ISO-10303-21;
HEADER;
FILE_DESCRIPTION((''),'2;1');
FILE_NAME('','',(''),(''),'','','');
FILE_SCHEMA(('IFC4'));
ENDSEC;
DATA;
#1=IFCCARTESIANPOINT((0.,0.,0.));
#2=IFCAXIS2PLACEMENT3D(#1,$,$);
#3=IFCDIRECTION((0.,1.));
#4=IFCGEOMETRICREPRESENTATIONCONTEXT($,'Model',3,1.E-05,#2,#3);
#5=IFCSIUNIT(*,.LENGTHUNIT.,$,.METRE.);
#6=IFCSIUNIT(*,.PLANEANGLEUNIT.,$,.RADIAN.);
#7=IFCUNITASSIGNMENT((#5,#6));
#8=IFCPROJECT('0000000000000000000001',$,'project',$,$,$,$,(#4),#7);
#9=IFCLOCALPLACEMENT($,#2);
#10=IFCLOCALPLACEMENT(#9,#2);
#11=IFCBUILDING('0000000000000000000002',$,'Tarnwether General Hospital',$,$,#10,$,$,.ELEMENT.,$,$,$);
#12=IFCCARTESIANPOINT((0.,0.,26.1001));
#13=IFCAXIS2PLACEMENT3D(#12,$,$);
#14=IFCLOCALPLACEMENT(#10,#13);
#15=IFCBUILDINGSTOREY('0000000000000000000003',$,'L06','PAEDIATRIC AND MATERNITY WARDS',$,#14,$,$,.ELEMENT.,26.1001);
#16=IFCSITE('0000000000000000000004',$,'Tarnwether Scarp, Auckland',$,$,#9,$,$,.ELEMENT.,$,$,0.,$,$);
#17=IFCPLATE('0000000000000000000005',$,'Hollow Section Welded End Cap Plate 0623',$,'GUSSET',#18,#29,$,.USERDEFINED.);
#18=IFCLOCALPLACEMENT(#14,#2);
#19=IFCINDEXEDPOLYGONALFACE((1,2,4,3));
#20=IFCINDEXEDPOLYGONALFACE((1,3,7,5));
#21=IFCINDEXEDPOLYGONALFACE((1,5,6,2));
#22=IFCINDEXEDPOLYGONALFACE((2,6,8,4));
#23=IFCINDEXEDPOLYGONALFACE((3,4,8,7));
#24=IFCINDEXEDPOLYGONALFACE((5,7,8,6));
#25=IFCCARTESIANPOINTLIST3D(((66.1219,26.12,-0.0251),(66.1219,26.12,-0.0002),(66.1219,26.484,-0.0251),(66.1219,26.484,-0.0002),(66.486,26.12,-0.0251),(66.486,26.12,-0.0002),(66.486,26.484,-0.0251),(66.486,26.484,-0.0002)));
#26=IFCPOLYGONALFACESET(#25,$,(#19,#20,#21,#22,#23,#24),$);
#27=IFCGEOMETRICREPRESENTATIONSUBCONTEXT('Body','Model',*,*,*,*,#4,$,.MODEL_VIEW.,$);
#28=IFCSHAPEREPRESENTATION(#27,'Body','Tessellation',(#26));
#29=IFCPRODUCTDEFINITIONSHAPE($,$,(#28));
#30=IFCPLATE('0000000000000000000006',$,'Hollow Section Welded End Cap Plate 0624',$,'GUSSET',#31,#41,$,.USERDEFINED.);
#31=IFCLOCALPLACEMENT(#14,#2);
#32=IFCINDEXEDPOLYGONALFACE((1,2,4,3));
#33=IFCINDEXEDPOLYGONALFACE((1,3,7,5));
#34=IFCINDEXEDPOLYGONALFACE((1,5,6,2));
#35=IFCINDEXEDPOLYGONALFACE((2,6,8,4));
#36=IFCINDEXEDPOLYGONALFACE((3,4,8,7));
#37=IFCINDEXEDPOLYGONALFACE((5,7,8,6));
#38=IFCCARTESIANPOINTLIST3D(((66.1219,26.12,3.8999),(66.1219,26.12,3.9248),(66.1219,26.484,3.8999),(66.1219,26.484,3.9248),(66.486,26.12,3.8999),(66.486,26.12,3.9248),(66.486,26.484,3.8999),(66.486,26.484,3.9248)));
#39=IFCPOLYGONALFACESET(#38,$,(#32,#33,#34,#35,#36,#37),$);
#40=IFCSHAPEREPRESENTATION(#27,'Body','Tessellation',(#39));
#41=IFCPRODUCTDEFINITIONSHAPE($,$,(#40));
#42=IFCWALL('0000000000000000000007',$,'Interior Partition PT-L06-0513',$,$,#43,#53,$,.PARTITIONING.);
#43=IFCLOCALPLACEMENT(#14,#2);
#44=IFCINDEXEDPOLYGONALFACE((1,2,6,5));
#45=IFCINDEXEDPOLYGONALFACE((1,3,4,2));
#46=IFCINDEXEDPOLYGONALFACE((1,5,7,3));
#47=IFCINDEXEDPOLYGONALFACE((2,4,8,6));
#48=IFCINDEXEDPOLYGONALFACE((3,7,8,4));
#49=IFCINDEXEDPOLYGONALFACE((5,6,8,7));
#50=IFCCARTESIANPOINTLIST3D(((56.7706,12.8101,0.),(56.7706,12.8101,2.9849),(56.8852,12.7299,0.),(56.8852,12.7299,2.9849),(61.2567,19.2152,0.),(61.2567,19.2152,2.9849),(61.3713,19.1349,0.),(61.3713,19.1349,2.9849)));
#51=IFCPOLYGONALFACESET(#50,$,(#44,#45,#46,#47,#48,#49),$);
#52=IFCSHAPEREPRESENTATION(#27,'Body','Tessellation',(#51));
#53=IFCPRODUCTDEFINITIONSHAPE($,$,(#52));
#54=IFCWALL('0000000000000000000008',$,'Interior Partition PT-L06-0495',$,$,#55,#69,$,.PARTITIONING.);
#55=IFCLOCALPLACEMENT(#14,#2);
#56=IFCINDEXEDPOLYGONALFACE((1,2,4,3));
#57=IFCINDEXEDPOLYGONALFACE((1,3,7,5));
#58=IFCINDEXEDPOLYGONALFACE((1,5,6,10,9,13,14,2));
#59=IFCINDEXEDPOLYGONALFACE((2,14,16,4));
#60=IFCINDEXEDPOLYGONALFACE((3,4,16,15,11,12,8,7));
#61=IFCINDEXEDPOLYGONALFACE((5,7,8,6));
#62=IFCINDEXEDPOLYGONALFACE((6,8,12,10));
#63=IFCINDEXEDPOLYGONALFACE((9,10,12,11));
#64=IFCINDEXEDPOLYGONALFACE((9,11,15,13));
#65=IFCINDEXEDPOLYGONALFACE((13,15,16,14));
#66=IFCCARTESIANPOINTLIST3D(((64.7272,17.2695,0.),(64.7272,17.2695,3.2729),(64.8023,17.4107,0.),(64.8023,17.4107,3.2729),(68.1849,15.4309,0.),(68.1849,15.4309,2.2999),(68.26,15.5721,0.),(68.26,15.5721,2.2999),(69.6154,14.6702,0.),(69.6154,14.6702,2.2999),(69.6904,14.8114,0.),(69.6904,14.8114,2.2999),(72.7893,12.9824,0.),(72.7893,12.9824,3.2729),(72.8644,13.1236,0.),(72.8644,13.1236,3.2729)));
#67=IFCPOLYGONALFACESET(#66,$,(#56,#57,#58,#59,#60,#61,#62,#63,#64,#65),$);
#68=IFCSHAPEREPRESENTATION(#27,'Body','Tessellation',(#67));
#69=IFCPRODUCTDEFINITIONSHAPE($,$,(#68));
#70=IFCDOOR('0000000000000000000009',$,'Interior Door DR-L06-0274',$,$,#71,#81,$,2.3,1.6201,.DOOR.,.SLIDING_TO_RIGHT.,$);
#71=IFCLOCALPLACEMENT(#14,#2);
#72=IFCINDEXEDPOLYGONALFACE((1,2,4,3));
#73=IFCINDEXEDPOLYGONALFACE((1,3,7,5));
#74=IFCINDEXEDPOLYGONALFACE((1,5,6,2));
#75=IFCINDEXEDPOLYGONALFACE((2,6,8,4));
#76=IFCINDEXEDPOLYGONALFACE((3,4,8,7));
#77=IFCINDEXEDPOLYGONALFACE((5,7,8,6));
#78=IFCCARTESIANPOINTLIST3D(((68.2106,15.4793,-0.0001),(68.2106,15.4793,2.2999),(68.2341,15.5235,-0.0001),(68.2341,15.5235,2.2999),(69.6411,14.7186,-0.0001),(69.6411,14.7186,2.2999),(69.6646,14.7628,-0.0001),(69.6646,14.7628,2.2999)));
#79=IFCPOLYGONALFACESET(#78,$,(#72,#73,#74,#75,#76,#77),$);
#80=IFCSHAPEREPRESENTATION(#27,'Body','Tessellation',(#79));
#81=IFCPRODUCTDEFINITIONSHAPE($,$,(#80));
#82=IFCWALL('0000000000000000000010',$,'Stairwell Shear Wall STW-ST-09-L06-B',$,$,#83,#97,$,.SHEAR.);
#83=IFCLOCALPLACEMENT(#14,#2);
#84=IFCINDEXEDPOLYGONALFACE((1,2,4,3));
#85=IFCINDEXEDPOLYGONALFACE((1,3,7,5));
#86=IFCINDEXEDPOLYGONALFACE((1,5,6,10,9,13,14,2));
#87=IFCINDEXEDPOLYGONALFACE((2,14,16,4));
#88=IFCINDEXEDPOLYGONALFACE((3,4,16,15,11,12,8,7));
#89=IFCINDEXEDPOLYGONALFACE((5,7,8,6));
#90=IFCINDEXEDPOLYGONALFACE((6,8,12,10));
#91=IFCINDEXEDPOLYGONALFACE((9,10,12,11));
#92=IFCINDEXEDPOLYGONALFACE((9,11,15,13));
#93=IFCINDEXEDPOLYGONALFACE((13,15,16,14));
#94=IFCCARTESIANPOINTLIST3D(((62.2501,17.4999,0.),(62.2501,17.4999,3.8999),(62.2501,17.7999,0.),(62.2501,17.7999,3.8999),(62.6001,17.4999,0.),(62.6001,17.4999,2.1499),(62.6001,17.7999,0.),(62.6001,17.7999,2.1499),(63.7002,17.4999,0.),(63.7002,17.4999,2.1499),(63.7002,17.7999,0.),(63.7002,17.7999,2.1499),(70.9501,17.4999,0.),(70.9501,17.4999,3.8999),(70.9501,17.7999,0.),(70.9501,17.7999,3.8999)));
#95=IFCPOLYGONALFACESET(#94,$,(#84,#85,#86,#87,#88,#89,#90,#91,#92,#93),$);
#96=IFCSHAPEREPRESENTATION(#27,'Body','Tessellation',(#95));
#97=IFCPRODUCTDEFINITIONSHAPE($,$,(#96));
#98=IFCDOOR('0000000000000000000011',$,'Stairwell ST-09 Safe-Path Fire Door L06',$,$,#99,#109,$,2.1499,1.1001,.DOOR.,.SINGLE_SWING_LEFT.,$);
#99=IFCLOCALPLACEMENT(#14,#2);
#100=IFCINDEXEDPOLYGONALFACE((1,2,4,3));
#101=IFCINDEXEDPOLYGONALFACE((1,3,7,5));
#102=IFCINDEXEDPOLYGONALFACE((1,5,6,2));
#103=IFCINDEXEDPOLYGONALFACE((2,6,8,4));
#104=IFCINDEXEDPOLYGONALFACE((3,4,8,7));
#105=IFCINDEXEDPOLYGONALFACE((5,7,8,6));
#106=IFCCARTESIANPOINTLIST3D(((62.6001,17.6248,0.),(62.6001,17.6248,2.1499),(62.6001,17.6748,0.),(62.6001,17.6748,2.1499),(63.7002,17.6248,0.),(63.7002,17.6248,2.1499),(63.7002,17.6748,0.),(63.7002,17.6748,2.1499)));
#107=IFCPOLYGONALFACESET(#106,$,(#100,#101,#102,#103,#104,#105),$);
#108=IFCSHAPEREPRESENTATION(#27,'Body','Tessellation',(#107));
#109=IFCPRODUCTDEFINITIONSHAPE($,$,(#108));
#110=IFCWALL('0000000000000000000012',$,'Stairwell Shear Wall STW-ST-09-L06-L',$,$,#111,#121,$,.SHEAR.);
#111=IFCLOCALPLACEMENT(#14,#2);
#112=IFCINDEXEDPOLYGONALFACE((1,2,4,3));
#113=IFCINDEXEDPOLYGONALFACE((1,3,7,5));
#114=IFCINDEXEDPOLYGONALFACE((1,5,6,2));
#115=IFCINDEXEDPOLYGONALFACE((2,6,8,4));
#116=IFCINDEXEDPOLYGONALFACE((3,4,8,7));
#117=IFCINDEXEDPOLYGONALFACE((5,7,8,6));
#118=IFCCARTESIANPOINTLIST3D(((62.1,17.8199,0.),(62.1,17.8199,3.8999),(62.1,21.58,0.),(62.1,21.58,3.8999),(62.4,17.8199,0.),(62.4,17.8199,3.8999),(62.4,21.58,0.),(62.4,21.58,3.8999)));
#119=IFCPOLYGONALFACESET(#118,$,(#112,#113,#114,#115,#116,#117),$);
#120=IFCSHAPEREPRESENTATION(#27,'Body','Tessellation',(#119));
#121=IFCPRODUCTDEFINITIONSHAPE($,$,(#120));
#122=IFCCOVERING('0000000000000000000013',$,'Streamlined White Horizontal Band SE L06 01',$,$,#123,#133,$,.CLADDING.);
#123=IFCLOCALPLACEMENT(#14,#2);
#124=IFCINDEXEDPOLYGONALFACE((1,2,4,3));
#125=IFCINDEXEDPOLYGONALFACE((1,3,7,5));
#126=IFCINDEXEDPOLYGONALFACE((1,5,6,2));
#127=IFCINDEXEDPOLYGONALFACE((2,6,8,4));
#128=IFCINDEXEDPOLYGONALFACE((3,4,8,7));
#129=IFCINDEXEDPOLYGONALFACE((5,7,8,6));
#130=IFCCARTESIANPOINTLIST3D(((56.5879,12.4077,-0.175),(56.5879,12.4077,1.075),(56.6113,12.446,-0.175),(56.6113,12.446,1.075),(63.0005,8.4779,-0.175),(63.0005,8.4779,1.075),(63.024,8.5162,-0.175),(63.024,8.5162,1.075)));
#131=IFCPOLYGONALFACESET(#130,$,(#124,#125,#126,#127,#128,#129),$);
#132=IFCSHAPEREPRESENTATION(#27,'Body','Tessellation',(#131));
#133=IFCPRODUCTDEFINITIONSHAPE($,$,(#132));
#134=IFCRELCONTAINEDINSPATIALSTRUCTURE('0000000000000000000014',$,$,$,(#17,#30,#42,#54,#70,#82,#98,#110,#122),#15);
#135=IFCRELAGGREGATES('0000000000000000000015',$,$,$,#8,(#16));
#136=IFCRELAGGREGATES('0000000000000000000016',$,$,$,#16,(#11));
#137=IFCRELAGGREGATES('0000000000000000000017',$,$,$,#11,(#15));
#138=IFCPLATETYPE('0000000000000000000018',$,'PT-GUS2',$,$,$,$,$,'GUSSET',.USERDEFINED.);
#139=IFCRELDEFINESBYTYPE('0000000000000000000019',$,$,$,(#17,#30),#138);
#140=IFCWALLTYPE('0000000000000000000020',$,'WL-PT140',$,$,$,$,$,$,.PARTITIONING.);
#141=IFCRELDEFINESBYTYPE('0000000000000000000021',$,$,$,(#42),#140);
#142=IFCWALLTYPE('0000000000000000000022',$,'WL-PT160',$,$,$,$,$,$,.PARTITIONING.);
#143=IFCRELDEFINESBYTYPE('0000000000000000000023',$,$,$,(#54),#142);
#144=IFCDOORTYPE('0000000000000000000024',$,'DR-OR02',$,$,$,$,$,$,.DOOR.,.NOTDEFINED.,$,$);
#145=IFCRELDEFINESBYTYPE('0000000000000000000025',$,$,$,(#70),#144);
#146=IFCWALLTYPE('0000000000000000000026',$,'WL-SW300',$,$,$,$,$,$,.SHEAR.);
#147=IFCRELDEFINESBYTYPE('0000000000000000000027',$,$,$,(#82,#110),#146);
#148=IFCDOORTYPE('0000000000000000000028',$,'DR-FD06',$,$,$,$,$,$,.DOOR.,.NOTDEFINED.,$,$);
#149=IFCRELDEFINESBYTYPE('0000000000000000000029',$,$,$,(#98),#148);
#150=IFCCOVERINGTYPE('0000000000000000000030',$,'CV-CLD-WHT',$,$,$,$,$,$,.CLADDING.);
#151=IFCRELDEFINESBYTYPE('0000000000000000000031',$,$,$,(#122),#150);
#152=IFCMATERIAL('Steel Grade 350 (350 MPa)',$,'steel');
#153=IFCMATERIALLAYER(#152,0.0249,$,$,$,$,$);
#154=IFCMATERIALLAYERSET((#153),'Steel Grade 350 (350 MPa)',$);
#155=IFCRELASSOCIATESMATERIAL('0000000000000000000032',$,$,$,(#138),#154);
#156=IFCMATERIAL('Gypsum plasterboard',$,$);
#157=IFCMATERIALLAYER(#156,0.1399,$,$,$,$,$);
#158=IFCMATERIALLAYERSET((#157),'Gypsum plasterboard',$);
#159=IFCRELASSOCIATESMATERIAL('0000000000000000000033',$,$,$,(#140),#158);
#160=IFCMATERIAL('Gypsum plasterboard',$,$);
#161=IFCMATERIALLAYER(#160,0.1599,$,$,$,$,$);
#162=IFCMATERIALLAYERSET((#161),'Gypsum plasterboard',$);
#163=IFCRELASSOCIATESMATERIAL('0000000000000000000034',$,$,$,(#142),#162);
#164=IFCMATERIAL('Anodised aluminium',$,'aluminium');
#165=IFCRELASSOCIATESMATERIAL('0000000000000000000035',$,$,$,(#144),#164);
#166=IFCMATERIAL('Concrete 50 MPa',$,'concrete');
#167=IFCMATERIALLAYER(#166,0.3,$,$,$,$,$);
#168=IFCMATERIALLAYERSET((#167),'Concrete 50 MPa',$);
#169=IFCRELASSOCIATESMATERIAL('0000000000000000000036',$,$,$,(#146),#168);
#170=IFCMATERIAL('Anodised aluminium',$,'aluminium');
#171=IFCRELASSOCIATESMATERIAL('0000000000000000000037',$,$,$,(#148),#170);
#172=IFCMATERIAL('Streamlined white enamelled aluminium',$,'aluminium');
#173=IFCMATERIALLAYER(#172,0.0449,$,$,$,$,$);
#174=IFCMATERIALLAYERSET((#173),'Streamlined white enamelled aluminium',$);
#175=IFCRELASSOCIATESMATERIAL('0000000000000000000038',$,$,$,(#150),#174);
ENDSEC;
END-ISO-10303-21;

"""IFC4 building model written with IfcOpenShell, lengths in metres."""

from ifc_helpers import new_model, si_unit, direction, frame, frame_2d, origin, origin_2d, place, context, subcontext, project, spatial, rectangle, extrude, material, layer, layer_set, type_object, element, fill, save


model = new_model("IFC4")

# Units and contexts
model_context = context("Model", 3, precision=1e-05, world=origin(), true_north=direction((0.0, 1.0)))
body_context = subcontext(model_context, "Body", "Model", "MODEL_VIEW")
ifc_project = project(units=[si_unit("LENGTHUNIT", "METRE"), si_unit("PLANEANGLEUNIT", "RADIAN")], contexts=[model_context])

# Site, building, storey
site_placement = place(None, origin())
site = spatial("IfcSite", under=ifc_project, at=site_placement, Name="Tarnwether Scarp, Auckland", CompositionType="ELEMENT", RefElevation=0.0)
building_placement = place(site_placement, origin())
building = spatial("IfcBuilding", under=site, at=building_placement, Name="Tarnwether General Hospital", CompositionType="ELEMENT")
storey_placement = place(building_placement, frame((0.0, 0.0, 26.1001)))
storey = spatial("IfcBuildingStorey", under=building, at=storey_placement, Name="L06", Description="PAEDIATRIC AND MATERNITY WARDS", CompositionType="ELEMENT", Elevation=26.1001)

# Plates
ifc_material_1 = material(Name="Steel Grade 350 (350 MPa)", Category="steel")
ifc_layer_1 = layer(ifc_material_1, 0.0249)
ifc_layer_set_1 = layer_set([ifc_layer_1], Name="Steel Grade 350 (350 MPa)")
plate_type_1 = type_object("IfcPlateType", Name="PT-GUS2", ElementType="GUSSET", PredefinedType="USERDEFINED", material=ifc_layer_set_1)
for number, where, z_axis, x_axis, name in (
    (1, (66.304, 26.302, -0.0251), (0.0, 0.0, 1.0), (1.0, 0.0, 0.0), "Hollow Section Welded End Cap Plate 0623"),
    (2, (66.304, 26.302, 3.8999), (0.0, 0.0, 1.0), (1.0, 0.0, 0.0), "Hollow Section Welded End Cap Plate 0624"),
):
    element("IfcPlate", number, at=place(storey_placement, frame(where, z_axis=z_axis, x_axis=x_axis)), inside=storey, type_object=plate_type_1, Name=name, ObjectType="GUSSET", PredefinedType="USERDEFINED", context=body_context, shape_type="SweptSolid", body=[
        extrude(rectangle(XDim=0.364, YDim=0.364, at=origin_2d()), origin(), (0.0, 0.0, 1.0), 0.0249),
    ])

# Wall
ifc_material_2 = material(Name="Gypsum plasterboard")
ifc_layer_2 = layer(ifc_material_2, 0.1399)
ifc_layer_set_2 = layer_set([ifc_layer_2], Name="Gypsum plasterboard")
wall_type_1 = type_object("IfcWallType", Name="WL-PT140", PredefinedType="PARTITIONING", material=ifc_layer_set_2)
wall_1_placement = place(storey_placement, frame((61.314, 19.175, 0.0), z_axis=(0.0, 0.0, 1.0), x_axis=(-0.573682, -0.819078, 0.0)))
element("IfcWall", 3, at=wall_1_placement, inside=storey, type_object=wall_type_1, Name="Interior Partition PT-L06-0513", PredefinedType="PARTITIONING", context=body_context, shape_type="SweptSolid", body=[
    extrude(rectangle(XDim=7.8198, YDim=0.1399, at=frame_2d((3.9099, 0.0))), origin(), (0.0, 0.0, 1.0), 2.9849),
])

# Walls, openings, doors
ifc_material_3 = material(Name="Gypsum plasterboard")
ifc_layer_3 = layer(ifc_material_3, 0.1599)
ifc_layer_set_3 = layer_set([ifc_layer_3], Name="Gypsum plasterboard")
wall_type_2 = type_object("IfcWallType", Name="WL-PT160", PredefinedType="PARTITIONING", material=ifc_layer_set_3)
wall_2_placement = place(storey_placement, frame((64.7649, 17.3401, 0.0), z_axis=(0.0, 0.0, 1.0), x_axis=(0.882927, -0.469511, 0.0)))
wall_2 = element("IfcWall", 4, at=wall_2_placement, inside=storey, type_object=wall_type_2, Name="Interior Partition PT-L06-0495", PredefinedType="PARTITIONING", context=body_context, shape_type="SweptSolid", body=[
    extrude(rectangle(XDim=9.1311, YDim=0.1599, at=frame_2d((4.5654, 0.0))), origin(), (0.0, 0.0, 1.0), 3.2729),
])
opening_1_placement = place(wall_2_placement, frame((3.916, 0.0, 0.0)))
opening_1 = element("IfcOpeningElement", 5, at=opening_1_placement, cuts=wall_2, PredefinedType="OPENING", context=body_context, shape_type="SweptSolid", body=[
    extrude(rectangle(XDim=1.6201, YDim=2.3, at=frame_2d((0.8101, 1.1499))), frame((0.0, 0.0898, 0.0), z_axis=(0.0, -1.0, 0.0), x_axis=(1.0, 0.0, 0.0)), (0.0, 0.0, 1.0), 0.1799),
])
ifc_material_4 = material(Name="Anodised aluminium", Category="aluminium")
door_type_1 = type_object("IfcDoorType", Name="DR-OR02", OperationType="NOTDEFINED", PredefinedType="DOOR", material=ifc_material_4)
door_1_placement = place(opening_1_placement, origin())
door_1 = element("IfcDoor", 6, at=door_1_placement, inside=storey, type_object=door_type_1, Name="Interior Door DR-L06-0274", OperationType="SLIDING_TO_RIGHT", OverallHeight=2.3, OverallWidth=1.6201, PredefinedType="DOOR", context=body_context, shape_type="SweptSolid", body=[
    extrude(rectangle(XDim=1.6201, YDim=2.3, at=frame_2d((0.8101, 1.1499))), frame((0.0, 0.0249, 0.0), z_axis=(0.0, -1.0, 0.0), x_axis=(1.0, 0.0, 0.0)), (0.0, 0.0, 1.0), 0.05),
])
fill(opening_1, door_1)
ifc_material_5 = material(Name="Concrete 50 MPa", Category="concrete")
ifc_layer_4 = layer(ifc_material_5, 0.3)
ifc_layer_set_4 = layer_set([ifc_layer_4], Name="Concrete 50 MPa")
wall_type_3 = type_object("IfcWallType", Name="WL-SW300", PredefinedType="SHEAR", material=ifc_layer_set_4)
wall_3_placement = place(storey_placement, frame((62.25, 17.6499, 0.0), z_axis=(0.0, 0.0, 1.0), x_axis=(1.0, 0.0, 0.0)))
wall_3 = element("IfcWall", 7, at=wall_3_placement, inside=storey, type_object=wall_type_3, Name="Stairwell Shear Wall STW-ST-09-L06-B", PredefinedType="SHEAR", context=body_context, shape_type="SweptSolid", body=[
    extrude(rectangle(XDim=8.7, YDim=0.3, at=frame_2d((4.3501, 0.0))), origin(), (0.0, 0.0, 1.0), 3.8999),
])
opening_2_placement = place(wall_3_placement, frame((0.3501, 0.0, 0.0)))
opening_2 = element("IfcOpeningElement", 8, at=opening_2_placement, cuts=wall_3, PredefinedType="OPENING", context=body_context, shape_type="SweptSolid", body=[
    extrude(rectangle(XDim=1.1001, YDim=2.1499, at=frame_2d((0.55, 1.075))), frame((0.0, 0.1602, 0.0), z_axis=(0.0, -1.0, 0.0), x_axis=(1.0, 0.0, 0.0)), (0.0, 0.0, 1.0), 0.3201),
])
ifc_material_6 = material(Name="Anodised aluminium", Category="aluminium")
door_type_2 = type_object("IfcDoorType", Name="DR-FD06", OperationType="NOTDEFINED", PredefinedType="DOOR", material=ifc_material_6)
door_2_placement = place(opening_2_placement, origin())
door_2 = element("IfcDoor", 9, at=door_2_placement, inside=storey, type_object=door_type_2, Name="Stairwell ST-09 Safe-Path Fire Door L06", OperationType="SINGLE_SWING_LEFT", OverallHeight=2.1499, OverallWidth=1.1001, PredefinedType="DOOR", context=body_context, shape_type="SweptSolid", body=[
    extrude(rectangle(XDim=1.1001, YDim=2.1499, at=frame_2d((0.55, 1.075))), frame((0.0, 0.0249, 0.0), z_axis=(0.0, -1.0, 0.0), x_axis=(1.0, 0.0, 0.0)), (0.0, 0.0, 1.0), 0.05),
])
fill(opening_2, door_2)

# Wall
wall_4_placement = place(storey_placement, frame((62.25, 17.8201, 0.0), z_axis=(0.0, 0.0, 1.0), x_axis=(0.0, 1.0, 0.0)))
element("IfcWall", 10, at=wall_4_placement, inside=storey, type_object=wall_type_3, Name="Stairwell Shear Wall STW-ST-09-L06-L", PredefinedType="SHEAR", context=body_context, shape_type="SweptSolid", body=[
    extrude(rectangle(XDim=3.76, YDim=0.3, at=frame_2d((1.8799, 0.0))), origin(), (0.0, 0.0, 1.0), 3.8999),
])

# Covering
ifc_material_7 = material(Name="Streamlined white enamelled aluminium", Category="aluminium")
ifc_layer_5 = layer(ifc_material_7, 0.0449)
ifc_layer_set_5 = layer_set([ifc_layer_5], Name="Streamlined white enamelled aluminium")
covering_type = type_object("IfcCoveringType", Name="CV-CLD-WHT", PredefinedType="CLADDING", material=ifc_layer_set_5)
covering_placement = place(storey_placement, frame((59.8059, 10.4619, -0.175), z_axis=(0.0, 0.0, 1.0), x_axis=(-0.852631, 0.522513, 0.0)))
element("IfcCovering", 11, at=covering_placement, inside=storey, type_object=covering_type, Name="Streamlined White Horizontal Band SE L06 01", PredefinedType="CLADDING", context=body_context, shape_type="SweptSolid", body=[
    extrude(rectangle(XDim=7.521, YDim=0.0449, at=origin_2d()), origin(), (0.0, 0.0, 1.0), 1.25),
])

save(model, "model.ifc")
